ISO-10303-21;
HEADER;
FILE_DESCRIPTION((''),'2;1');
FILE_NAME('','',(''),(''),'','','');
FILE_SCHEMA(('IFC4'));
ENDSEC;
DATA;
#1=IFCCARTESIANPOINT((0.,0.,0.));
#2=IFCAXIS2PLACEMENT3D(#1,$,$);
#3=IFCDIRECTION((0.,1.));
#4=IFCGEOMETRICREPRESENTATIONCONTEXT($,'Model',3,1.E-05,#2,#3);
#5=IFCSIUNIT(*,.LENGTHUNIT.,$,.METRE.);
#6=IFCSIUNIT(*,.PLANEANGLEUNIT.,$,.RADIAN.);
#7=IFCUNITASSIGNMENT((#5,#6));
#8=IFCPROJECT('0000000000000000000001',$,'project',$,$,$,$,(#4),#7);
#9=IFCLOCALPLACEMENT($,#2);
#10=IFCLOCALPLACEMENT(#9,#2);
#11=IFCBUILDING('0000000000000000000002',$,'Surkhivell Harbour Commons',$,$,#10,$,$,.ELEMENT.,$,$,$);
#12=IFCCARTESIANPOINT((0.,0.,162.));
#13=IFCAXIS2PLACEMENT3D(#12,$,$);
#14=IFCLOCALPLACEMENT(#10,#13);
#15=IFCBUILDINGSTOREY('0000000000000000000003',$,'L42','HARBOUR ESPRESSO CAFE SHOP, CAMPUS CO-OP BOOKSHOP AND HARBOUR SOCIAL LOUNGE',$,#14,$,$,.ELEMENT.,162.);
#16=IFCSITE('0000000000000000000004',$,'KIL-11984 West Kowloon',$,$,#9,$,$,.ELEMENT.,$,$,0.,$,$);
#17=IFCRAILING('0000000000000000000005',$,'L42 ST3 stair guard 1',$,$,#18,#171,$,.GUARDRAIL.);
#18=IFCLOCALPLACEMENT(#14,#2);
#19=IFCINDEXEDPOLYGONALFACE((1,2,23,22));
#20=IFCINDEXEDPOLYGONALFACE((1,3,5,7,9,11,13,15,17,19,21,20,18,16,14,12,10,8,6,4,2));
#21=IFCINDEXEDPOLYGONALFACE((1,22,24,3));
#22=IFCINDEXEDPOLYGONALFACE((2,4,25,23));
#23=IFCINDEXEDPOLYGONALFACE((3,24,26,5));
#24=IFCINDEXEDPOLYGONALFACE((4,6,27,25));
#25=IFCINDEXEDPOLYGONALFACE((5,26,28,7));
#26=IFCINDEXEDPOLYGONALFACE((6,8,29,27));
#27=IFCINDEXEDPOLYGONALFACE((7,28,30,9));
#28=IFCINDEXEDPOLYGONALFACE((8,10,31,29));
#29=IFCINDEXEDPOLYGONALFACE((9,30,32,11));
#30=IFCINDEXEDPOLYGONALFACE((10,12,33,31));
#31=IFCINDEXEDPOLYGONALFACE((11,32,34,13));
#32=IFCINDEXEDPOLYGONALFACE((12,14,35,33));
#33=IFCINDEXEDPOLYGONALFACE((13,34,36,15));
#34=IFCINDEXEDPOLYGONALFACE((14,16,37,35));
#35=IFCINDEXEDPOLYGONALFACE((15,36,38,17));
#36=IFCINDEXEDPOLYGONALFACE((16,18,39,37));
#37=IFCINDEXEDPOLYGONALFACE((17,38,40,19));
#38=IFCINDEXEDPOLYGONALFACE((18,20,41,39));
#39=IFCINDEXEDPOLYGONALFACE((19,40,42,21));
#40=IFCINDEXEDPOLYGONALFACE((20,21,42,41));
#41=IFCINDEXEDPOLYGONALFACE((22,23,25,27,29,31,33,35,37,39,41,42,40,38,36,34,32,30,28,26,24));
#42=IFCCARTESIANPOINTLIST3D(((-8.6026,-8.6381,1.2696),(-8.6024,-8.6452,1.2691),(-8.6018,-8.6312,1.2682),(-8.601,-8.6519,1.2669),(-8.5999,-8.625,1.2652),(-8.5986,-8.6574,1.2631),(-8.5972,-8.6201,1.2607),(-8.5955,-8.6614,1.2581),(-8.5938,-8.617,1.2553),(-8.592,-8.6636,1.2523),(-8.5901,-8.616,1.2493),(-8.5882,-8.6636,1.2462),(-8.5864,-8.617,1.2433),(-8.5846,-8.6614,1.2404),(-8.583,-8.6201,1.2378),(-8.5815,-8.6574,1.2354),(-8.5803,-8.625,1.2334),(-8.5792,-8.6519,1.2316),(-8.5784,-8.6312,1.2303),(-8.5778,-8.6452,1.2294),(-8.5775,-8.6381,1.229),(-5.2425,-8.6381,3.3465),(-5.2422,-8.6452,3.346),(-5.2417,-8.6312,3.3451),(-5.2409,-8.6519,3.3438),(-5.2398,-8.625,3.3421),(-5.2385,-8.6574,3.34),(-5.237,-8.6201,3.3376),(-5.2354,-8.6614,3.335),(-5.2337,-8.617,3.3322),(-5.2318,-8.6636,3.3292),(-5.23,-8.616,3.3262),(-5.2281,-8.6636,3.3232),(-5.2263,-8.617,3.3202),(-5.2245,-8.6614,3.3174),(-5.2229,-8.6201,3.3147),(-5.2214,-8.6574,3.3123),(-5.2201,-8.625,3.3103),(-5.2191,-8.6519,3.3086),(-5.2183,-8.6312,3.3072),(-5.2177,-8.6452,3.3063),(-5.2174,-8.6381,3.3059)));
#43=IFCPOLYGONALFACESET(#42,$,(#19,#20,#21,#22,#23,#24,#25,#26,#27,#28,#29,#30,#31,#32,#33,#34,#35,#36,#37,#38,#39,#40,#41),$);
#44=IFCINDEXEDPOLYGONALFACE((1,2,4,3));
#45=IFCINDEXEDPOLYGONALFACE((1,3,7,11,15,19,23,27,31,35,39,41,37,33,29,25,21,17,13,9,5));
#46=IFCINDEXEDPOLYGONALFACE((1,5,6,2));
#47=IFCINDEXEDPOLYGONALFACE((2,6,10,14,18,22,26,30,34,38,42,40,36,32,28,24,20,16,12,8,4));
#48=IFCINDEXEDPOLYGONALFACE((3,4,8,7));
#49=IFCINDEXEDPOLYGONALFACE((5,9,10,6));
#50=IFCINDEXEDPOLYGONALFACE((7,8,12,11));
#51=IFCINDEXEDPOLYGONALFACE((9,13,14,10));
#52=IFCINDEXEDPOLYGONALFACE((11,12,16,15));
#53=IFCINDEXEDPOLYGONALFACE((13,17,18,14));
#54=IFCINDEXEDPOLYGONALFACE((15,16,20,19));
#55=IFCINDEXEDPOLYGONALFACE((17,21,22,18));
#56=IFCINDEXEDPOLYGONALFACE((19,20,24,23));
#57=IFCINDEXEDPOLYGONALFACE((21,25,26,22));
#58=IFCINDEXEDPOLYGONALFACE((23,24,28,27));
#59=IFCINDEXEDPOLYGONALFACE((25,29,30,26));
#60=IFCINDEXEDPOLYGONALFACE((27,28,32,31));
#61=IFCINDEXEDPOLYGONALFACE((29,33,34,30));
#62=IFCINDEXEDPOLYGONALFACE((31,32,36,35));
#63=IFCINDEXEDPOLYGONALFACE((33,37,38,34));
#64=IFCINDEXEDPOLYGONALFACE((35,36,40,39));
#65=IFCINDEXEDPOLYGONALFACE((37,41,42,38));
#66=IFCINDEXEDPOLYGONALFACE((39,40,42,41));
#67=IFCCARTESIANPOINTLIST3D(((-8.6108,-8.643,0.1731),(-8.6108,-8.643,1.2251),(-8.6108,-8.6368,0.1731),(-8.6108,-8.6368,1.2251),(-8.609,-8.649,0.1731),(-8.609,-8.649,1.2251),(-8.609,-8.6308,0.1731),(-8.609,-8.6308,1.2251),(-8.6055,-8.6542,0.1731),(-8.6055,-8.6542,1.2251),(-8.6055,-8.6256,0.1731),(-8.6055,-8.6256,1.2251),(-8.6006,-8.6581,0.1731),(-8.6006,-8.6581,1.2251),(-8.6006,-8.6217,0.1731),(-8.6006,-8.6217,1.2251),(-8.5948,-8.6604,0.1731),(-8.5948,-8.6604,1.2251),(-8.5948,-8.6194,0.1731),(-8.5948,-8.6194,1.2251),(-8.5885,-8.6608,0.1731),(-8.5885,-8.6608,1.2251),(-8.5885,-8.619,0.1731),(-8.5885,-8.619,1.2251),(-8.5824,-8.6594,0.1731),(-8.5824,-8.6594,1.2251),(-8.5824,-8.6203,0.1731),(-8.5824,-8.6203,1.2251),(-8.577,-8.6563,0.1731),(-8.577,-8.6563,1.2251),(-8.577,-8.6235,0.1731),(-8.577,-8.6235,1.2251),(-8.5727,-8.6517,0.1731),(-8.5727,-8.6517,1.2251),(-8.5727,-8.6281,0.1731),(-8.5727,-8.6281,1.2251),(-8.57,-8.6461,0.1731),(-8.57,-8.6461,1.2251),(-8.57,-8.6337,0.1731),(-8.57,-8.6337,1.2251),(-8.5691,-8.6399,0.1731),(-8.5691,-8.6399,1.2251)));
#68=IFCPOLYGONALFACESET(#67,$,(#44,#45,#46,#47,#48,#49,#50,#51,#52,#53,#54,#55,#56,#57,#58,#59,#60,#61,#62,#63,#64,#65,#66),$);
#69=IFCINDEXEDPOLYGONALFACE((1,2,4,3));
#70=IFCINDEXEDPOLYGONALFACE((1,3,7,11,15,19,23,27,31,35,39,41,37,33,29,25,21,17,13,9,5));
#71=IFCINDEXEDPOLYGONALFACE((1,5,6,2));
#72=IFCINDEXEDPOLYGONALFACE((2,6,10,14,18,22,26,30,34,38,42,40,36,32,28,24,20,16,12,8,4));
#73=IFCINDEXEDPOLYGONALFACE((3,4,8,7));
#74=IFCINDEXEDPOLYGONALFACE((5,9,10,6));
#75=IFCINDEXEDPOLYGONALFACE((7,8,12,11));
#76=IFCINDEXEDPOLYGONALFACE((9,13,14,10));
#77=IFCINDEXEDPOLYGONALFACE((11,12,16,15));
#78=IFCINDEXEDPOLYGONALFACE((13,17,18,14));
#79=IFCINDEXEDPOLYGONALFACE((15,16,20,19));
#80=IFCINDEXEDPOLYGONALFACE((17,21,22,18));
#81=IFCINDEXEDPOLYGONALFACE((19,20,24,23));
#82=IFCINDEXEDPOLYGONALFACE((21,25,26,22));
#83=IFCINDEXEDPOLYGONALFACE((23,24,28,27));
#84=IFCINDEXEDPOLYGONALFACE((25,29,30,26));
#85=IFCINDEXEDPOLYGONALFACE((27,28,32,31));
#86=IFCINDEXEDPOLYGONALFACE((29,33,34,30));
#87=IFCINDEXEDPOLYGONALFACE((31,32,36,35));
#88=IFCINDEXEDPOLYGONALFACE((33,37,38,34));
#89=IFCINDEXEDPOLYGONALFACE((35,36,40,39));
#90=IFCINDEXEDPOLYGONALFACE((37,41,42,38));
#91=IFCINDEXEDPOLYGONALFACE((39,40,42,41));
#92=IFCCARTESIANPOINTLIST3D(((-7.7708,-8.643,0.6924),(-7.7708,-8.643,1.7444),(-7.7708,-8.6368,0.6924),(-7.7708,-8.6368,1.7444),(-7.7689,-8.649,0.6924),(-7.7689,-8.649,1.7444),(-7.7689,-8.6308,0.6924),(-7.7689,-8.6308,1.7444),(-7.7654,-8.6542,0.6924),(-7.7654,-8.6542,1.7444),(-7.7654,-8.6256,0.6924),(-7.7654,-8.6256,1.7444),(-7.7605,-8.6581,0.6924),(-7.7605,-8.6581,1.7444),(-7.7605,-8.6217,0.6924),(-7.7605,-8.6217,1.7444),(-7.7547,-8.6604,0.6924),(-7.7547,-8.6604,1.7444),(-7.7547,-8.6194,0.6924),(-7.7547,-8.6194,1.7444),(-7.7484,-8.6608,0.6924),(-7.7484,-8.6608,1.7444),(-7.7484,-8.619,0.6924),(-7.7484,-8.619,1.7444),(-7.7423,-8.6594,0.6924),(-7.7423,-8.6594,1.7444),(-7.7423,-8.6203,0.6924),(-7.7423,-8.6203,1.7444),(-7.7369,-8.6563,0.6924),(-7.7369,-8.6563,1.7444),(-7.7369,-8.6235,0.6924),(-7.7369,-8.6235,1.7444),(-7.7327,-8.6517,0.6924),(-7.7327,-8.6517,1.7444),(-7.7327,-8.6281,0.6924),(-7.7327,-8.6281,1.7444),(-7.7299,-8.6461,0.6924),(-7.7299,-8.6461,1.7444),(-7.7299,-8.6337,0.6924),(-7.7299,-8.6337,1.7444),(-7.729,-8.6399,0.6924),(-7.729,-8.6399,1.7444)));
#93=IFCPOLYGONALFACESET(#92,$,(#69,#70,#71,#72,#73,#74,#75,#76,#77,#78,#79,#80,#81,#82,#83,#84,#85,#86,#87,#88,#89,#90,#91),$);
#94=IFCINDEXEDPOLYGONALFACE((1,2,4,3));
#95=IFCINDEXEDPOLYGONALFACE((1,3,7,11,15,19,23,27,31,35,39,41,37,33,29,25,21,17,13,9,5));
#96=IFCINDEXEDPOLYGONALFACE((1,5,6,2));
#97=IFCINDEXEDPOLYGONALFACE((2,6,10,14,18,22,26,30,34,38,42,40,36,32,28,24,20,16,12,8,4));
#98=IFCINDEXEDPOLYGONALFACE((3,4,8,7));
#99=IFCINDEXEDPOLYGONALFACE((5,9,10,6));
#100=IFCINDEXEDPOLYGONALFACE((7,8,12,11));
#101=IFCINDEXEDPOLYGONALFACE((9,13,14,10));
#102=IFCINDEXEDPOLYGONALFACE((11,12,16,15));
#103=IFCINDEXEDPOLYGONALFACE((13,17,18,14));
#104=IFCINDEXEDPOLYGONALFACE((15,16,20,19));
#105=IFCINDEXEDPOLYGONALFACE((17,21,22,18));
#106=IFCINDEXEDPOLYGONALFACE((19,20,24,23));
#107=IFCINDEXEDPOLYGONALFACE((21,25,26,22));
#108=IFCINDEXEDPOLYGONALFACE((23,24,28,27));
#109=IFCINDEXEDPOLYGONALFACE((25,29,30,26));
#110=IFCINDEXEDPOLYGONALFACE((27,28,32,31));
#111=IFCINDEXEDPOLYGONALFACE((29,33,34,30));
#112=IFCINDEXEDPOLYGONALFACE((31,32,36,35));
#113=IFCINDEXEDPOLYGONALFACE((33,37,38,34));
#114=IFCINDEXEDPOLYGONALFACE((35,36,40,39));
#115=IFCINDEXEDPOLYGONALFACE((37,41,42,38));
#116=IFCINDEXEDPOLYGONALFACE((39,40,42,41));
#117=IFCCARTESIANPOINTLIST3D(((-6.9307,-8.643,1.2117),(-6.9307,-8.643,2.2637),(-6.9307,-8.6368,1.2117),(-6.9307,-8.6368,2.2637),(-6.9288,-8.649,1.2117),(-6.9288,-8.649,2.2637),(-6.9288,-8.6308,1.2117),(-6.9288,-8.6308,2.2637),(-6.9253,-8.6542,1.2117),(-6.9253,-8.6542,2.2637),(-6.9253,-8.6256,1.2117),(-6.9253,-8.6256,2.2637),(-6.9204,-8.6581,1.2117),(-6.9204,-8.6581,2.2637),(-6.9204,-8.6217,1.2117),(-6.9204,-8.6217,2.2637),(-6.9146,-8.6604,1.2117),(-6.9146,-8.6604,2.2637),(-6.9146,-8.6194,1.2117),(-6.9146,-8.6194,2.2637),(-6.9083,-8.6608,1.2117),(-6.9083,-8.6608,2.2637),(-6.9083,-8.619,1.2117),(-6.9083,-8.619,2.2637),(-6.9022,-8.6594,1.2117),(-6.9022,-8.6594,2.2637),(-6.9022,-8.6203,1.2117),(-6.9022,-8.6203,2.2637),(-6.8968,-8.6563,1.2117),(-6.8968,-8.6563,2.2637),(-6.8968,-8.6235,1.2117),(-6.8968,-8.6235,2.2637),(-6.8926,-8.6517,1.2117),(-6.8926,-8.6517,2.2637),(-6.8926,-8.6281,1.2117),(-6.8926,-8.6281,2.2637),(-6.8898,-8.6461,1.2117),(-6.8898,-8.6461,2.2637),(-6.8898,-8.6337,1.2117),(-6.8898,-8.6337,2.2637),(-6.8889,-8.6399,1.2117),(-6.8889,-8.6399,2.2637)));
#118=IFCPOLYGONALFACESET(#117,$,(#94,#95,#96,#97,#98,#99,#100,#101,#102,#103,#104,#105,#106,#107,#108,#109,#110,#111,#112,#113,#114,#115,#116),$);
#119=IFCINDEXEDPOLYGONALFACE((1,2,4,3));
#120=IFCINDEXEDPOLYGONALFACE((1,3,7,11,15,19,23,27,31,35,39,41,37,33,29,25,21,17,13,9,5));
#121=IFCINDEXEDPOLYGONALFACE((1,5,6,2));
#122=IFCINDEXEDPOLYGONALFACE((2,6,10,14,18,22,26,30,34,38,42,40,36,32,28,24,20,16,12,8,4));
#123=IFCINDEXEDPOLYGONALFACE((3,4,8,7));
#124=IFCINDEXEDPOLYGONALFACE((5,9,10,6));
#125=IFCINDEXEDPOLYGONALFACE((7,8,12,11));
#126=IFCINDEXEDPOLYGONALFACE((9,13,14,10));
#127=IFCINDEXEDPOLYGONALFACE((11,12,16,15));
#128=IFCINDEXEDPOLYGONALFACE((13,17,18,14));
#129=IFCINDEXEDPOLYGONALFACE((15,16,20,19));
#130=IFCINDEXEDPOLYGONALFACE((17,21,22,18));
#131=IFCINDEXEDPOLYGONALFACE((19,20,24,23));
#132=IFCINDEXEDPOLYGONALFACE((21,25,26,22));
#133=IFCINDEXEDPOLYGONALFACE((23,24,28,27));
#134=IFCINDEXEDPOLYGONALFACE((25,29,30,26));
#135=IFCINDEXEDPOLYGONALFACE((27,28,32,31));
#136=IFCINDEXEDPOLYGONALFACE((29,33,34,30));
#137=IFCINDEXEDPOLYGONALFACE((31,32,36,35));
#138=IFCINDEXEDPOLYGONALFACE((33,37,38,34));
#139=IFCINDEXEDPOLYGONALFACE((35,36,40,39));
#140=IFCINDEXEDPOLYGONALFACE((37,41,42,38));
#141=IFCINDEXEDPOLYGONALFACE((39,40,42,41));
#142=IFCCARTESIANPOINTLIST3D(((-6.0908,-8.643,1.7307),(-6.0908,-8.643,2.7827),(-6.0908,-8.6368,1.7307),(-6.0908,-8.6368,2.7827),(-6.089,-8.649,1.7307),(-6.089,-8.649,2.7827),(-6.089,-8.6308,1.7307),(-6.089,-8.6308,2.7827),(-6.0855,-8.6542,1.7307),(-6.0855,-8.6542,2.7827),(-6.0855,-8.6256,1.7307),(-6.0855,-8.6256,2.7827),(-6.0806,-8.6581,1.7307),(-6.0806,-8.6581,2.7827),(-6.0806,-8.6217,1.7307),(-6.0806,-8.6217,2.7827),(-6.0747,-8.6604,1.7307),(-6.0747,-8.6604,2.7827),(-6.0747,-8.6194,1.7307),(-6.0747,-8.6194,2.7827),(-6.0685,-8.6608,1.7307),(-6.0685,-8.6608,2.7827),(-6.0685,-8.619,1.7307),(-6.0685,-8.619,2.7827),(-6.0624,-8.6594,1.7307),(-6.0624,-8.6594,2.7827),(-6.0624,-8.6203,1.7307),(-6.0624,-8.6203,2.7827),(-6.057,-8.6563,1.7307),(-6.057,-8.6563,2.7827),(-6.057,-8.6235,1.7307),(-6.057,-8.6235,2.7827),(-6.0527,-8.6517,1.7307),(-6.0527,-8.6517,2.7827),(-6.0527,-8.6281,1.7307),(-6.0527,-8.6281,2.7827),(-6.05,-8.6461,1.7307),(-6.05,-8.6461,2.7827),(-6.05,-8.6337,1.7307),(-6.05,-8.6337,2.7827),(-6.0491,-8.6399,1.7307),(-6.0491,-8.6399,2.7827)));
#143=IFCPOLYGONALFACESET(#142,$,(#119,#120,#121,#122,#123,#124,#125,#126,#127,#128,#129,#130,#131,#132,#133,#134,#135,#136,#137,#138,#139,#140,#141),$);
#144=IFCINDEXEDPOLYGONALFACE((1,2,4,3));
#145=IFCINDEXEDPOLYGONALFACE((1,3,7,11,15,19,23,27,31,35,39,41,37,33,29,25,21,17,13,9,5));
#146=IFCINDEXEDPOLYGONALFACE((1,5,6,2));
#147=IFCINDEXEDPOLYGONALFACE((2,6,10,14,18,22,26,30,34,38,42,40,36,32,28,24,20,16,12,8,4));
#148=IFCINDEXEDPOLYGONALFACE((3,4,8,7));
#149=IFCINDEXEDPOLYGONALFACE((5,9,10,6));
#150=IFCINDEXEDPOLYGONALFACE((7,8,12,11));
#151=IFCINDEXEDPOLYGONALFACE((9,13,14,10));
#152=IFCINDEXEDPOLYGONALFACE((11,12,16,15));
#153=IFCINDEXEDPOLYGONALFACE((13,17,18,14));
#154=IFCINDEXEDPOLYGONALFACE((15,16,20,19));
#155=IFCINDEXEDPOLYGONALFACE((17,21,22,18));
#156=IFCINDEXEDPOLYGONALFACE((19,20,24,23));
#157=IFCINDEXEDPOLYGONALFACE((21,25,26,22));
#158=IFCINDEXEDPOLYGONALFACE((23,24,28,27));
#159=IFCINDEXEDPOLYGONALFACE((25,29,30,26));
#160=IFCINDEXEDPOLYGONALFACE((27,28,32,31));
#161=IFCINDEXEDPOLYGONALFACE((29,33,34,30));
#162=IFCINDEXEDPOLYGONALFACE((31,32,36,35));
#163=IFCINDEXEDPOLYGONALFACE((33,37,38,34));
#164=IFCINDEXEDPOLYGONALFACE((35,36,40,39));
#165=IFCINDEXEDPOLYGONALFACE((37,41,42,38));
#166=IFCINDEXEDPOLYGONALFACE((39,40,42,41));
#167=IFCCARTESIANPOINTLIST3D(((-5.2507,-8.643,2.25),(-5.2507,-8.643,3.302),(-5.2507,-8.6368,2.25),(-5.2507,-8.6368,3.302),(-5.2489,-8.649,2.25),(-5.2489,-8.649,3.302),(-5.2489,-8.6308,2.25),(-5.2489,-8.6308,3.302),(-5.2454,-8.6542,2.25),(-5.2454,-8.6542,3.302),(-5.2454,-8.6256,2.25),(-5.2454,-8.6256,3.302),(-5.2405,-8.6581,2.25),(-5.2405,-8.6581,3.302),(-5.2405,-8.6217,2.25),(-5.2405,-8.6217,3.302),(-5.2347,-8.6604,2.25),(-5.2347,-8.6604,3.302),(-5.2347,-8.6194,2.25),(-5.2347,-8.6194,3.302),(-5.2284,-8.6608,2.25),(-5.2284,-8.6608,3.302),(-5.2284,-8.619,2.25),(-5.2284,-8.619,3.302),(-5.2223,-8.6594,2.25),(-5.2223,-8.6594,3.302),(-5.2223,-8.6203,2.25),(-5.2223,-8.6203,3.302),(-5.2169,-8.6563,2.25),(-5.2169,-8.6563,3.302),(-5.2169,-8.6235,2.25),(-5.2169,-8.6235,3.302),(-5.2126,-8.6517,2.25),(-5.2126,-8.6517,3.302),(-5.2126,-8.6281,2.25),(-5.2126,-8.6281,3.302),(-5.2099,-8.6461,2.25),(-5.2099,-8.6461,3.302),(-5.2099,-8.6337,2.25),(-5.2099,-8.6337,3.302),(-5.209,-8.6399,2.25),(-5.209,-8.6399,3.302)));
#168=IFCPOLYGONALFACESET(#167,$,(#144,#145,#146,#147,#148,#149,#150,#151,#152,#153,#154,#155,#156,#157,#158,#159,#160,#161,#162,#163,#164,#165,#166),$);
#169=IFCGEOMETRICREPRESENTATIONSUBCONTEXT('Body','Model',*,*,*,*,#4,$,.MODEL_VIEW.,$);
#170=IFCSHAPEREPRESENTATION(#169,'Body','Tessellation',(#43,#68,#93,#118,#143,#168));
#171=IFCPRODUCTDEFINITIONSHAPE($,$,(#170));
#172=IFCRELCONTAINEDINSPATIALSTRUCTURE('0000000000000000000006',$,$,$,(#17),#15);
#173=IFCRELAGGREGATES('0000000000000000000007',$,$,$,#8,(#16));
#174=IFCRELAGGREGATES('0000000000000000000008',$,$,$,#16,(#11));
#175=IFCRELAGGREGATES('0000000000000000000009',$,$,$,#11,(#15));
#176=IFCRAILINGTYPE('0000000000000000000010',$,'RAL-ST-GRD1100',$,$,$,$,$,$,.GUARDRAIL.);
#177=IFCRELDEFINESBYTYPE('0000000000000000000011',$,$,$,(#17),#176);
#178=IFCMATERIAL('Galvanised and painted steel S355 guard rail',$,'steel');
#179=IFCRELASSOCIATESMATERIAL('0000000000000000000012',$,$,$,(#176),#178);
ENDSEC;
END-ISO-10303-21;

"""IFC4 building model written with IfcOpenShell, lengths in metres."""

from ifc_helpers import new_model, si_unit, direction, frame, origin, origin_2d, place, context, subcontext, project, spatial, circle, extrude, material, type_object, element, save


model = new_model("IFC4")

# Units and contexts
model_context = context("Model", 3, precision=1e-05, world=origin(), true_north=direction((0.0, 1.0)))
body_context = subcontext(model_context, "Body", "Model", "MODEL_VIEW")
ifc_project = project(units=[si_unit("LENGTHUNIT", "METRE"), si_unit("PLANEANGLEUNIT", "RADIAN")], contexts=[model_context])

# Site, building, storey
site_placement = place(None, origin())
site = spatial("IfcSite", under=ifc_project, at=site_placement, Name="KIL-11984 West Kowloon", CompositionType="ELEMENT", RefElevation=0.0)
building_placement = place(site_placement, origin())
building = spatial("IfcBuilding", under=site, at=building_placement, Name="Surkhivell Harbour Commons", CompositionType="ELEMENT")
storey_placement = place(building_placement, frame((0.0, 0.0, 162.0)))
storey = spatial("IfcBuildingStorey", under=building, at=storey_placement, Name="L42", Description="HARBOUR ESPRESSO CAFE SHOP, CAMPUS CO-OP BOOKSHOP AND HARBOUR SOCIAL LOUNGE", CompositionType="ELEMENT", Elevation=162.0)

# Railing
ifc_material_1 = material(Name="Galvanised and painted steel S355 guard rail", Category="steel")
railing_type_1 = type_object("IfcRailingType", Name="RAL-ST-GRD1100", PredefinedType="GUARDRAIL", material=ifc_material_1)
railing_1_placement = place(storey_placement, frame((-8.5901, -8.6399, 0.1731)))
element("IfcRailing", 1, at=railing_1_placement, inside=storey, type_object=railing_type_1, Name="L42 ST3 stair guard 1", PredefinedType="GUARDRAIL", context=body_context, shape_type="SweptSolid", body=[
    extrude(circle(Radius=0.0239, at=origin_2d()), frame((0.0, 0.0, 1.0762), z_axis=(0.850623, 0.0, 0.525776), x_axis=(0.0, 1.0, 0.0)), (0.0, 0.0, 1.0), 3.9502),
    extrude(circle(Radius=0.021, at=origin_2d()), origin(), (0.0, 0.0, 1.0), 1.052),
    extrude(circle(Radius=0.021, at=origin_2d()), frame((0.8401, 0.0, 0.5193)), (0.0, 0.0, 1.0), 1.052),
    extrude(circle(Radius=0.021, at=origin_2d()), frame((1.6802, 0.0, 1.0386)), (0.0, 0.0, 1.0), 1.052),
    extrude(circle(Radius=0.021, at=origin_2d()), frame((2.52, 0.0, 1.5576)), (0.0, 0.0, 1.0), 1.052),
    extrude(circle(Radius=0.021, at=origin_2d()), frame((3.3601, 0.0, 2.0769)), (0.0, 0.0, 1.0), 1.052),
])

save(model, "model.ifc")
